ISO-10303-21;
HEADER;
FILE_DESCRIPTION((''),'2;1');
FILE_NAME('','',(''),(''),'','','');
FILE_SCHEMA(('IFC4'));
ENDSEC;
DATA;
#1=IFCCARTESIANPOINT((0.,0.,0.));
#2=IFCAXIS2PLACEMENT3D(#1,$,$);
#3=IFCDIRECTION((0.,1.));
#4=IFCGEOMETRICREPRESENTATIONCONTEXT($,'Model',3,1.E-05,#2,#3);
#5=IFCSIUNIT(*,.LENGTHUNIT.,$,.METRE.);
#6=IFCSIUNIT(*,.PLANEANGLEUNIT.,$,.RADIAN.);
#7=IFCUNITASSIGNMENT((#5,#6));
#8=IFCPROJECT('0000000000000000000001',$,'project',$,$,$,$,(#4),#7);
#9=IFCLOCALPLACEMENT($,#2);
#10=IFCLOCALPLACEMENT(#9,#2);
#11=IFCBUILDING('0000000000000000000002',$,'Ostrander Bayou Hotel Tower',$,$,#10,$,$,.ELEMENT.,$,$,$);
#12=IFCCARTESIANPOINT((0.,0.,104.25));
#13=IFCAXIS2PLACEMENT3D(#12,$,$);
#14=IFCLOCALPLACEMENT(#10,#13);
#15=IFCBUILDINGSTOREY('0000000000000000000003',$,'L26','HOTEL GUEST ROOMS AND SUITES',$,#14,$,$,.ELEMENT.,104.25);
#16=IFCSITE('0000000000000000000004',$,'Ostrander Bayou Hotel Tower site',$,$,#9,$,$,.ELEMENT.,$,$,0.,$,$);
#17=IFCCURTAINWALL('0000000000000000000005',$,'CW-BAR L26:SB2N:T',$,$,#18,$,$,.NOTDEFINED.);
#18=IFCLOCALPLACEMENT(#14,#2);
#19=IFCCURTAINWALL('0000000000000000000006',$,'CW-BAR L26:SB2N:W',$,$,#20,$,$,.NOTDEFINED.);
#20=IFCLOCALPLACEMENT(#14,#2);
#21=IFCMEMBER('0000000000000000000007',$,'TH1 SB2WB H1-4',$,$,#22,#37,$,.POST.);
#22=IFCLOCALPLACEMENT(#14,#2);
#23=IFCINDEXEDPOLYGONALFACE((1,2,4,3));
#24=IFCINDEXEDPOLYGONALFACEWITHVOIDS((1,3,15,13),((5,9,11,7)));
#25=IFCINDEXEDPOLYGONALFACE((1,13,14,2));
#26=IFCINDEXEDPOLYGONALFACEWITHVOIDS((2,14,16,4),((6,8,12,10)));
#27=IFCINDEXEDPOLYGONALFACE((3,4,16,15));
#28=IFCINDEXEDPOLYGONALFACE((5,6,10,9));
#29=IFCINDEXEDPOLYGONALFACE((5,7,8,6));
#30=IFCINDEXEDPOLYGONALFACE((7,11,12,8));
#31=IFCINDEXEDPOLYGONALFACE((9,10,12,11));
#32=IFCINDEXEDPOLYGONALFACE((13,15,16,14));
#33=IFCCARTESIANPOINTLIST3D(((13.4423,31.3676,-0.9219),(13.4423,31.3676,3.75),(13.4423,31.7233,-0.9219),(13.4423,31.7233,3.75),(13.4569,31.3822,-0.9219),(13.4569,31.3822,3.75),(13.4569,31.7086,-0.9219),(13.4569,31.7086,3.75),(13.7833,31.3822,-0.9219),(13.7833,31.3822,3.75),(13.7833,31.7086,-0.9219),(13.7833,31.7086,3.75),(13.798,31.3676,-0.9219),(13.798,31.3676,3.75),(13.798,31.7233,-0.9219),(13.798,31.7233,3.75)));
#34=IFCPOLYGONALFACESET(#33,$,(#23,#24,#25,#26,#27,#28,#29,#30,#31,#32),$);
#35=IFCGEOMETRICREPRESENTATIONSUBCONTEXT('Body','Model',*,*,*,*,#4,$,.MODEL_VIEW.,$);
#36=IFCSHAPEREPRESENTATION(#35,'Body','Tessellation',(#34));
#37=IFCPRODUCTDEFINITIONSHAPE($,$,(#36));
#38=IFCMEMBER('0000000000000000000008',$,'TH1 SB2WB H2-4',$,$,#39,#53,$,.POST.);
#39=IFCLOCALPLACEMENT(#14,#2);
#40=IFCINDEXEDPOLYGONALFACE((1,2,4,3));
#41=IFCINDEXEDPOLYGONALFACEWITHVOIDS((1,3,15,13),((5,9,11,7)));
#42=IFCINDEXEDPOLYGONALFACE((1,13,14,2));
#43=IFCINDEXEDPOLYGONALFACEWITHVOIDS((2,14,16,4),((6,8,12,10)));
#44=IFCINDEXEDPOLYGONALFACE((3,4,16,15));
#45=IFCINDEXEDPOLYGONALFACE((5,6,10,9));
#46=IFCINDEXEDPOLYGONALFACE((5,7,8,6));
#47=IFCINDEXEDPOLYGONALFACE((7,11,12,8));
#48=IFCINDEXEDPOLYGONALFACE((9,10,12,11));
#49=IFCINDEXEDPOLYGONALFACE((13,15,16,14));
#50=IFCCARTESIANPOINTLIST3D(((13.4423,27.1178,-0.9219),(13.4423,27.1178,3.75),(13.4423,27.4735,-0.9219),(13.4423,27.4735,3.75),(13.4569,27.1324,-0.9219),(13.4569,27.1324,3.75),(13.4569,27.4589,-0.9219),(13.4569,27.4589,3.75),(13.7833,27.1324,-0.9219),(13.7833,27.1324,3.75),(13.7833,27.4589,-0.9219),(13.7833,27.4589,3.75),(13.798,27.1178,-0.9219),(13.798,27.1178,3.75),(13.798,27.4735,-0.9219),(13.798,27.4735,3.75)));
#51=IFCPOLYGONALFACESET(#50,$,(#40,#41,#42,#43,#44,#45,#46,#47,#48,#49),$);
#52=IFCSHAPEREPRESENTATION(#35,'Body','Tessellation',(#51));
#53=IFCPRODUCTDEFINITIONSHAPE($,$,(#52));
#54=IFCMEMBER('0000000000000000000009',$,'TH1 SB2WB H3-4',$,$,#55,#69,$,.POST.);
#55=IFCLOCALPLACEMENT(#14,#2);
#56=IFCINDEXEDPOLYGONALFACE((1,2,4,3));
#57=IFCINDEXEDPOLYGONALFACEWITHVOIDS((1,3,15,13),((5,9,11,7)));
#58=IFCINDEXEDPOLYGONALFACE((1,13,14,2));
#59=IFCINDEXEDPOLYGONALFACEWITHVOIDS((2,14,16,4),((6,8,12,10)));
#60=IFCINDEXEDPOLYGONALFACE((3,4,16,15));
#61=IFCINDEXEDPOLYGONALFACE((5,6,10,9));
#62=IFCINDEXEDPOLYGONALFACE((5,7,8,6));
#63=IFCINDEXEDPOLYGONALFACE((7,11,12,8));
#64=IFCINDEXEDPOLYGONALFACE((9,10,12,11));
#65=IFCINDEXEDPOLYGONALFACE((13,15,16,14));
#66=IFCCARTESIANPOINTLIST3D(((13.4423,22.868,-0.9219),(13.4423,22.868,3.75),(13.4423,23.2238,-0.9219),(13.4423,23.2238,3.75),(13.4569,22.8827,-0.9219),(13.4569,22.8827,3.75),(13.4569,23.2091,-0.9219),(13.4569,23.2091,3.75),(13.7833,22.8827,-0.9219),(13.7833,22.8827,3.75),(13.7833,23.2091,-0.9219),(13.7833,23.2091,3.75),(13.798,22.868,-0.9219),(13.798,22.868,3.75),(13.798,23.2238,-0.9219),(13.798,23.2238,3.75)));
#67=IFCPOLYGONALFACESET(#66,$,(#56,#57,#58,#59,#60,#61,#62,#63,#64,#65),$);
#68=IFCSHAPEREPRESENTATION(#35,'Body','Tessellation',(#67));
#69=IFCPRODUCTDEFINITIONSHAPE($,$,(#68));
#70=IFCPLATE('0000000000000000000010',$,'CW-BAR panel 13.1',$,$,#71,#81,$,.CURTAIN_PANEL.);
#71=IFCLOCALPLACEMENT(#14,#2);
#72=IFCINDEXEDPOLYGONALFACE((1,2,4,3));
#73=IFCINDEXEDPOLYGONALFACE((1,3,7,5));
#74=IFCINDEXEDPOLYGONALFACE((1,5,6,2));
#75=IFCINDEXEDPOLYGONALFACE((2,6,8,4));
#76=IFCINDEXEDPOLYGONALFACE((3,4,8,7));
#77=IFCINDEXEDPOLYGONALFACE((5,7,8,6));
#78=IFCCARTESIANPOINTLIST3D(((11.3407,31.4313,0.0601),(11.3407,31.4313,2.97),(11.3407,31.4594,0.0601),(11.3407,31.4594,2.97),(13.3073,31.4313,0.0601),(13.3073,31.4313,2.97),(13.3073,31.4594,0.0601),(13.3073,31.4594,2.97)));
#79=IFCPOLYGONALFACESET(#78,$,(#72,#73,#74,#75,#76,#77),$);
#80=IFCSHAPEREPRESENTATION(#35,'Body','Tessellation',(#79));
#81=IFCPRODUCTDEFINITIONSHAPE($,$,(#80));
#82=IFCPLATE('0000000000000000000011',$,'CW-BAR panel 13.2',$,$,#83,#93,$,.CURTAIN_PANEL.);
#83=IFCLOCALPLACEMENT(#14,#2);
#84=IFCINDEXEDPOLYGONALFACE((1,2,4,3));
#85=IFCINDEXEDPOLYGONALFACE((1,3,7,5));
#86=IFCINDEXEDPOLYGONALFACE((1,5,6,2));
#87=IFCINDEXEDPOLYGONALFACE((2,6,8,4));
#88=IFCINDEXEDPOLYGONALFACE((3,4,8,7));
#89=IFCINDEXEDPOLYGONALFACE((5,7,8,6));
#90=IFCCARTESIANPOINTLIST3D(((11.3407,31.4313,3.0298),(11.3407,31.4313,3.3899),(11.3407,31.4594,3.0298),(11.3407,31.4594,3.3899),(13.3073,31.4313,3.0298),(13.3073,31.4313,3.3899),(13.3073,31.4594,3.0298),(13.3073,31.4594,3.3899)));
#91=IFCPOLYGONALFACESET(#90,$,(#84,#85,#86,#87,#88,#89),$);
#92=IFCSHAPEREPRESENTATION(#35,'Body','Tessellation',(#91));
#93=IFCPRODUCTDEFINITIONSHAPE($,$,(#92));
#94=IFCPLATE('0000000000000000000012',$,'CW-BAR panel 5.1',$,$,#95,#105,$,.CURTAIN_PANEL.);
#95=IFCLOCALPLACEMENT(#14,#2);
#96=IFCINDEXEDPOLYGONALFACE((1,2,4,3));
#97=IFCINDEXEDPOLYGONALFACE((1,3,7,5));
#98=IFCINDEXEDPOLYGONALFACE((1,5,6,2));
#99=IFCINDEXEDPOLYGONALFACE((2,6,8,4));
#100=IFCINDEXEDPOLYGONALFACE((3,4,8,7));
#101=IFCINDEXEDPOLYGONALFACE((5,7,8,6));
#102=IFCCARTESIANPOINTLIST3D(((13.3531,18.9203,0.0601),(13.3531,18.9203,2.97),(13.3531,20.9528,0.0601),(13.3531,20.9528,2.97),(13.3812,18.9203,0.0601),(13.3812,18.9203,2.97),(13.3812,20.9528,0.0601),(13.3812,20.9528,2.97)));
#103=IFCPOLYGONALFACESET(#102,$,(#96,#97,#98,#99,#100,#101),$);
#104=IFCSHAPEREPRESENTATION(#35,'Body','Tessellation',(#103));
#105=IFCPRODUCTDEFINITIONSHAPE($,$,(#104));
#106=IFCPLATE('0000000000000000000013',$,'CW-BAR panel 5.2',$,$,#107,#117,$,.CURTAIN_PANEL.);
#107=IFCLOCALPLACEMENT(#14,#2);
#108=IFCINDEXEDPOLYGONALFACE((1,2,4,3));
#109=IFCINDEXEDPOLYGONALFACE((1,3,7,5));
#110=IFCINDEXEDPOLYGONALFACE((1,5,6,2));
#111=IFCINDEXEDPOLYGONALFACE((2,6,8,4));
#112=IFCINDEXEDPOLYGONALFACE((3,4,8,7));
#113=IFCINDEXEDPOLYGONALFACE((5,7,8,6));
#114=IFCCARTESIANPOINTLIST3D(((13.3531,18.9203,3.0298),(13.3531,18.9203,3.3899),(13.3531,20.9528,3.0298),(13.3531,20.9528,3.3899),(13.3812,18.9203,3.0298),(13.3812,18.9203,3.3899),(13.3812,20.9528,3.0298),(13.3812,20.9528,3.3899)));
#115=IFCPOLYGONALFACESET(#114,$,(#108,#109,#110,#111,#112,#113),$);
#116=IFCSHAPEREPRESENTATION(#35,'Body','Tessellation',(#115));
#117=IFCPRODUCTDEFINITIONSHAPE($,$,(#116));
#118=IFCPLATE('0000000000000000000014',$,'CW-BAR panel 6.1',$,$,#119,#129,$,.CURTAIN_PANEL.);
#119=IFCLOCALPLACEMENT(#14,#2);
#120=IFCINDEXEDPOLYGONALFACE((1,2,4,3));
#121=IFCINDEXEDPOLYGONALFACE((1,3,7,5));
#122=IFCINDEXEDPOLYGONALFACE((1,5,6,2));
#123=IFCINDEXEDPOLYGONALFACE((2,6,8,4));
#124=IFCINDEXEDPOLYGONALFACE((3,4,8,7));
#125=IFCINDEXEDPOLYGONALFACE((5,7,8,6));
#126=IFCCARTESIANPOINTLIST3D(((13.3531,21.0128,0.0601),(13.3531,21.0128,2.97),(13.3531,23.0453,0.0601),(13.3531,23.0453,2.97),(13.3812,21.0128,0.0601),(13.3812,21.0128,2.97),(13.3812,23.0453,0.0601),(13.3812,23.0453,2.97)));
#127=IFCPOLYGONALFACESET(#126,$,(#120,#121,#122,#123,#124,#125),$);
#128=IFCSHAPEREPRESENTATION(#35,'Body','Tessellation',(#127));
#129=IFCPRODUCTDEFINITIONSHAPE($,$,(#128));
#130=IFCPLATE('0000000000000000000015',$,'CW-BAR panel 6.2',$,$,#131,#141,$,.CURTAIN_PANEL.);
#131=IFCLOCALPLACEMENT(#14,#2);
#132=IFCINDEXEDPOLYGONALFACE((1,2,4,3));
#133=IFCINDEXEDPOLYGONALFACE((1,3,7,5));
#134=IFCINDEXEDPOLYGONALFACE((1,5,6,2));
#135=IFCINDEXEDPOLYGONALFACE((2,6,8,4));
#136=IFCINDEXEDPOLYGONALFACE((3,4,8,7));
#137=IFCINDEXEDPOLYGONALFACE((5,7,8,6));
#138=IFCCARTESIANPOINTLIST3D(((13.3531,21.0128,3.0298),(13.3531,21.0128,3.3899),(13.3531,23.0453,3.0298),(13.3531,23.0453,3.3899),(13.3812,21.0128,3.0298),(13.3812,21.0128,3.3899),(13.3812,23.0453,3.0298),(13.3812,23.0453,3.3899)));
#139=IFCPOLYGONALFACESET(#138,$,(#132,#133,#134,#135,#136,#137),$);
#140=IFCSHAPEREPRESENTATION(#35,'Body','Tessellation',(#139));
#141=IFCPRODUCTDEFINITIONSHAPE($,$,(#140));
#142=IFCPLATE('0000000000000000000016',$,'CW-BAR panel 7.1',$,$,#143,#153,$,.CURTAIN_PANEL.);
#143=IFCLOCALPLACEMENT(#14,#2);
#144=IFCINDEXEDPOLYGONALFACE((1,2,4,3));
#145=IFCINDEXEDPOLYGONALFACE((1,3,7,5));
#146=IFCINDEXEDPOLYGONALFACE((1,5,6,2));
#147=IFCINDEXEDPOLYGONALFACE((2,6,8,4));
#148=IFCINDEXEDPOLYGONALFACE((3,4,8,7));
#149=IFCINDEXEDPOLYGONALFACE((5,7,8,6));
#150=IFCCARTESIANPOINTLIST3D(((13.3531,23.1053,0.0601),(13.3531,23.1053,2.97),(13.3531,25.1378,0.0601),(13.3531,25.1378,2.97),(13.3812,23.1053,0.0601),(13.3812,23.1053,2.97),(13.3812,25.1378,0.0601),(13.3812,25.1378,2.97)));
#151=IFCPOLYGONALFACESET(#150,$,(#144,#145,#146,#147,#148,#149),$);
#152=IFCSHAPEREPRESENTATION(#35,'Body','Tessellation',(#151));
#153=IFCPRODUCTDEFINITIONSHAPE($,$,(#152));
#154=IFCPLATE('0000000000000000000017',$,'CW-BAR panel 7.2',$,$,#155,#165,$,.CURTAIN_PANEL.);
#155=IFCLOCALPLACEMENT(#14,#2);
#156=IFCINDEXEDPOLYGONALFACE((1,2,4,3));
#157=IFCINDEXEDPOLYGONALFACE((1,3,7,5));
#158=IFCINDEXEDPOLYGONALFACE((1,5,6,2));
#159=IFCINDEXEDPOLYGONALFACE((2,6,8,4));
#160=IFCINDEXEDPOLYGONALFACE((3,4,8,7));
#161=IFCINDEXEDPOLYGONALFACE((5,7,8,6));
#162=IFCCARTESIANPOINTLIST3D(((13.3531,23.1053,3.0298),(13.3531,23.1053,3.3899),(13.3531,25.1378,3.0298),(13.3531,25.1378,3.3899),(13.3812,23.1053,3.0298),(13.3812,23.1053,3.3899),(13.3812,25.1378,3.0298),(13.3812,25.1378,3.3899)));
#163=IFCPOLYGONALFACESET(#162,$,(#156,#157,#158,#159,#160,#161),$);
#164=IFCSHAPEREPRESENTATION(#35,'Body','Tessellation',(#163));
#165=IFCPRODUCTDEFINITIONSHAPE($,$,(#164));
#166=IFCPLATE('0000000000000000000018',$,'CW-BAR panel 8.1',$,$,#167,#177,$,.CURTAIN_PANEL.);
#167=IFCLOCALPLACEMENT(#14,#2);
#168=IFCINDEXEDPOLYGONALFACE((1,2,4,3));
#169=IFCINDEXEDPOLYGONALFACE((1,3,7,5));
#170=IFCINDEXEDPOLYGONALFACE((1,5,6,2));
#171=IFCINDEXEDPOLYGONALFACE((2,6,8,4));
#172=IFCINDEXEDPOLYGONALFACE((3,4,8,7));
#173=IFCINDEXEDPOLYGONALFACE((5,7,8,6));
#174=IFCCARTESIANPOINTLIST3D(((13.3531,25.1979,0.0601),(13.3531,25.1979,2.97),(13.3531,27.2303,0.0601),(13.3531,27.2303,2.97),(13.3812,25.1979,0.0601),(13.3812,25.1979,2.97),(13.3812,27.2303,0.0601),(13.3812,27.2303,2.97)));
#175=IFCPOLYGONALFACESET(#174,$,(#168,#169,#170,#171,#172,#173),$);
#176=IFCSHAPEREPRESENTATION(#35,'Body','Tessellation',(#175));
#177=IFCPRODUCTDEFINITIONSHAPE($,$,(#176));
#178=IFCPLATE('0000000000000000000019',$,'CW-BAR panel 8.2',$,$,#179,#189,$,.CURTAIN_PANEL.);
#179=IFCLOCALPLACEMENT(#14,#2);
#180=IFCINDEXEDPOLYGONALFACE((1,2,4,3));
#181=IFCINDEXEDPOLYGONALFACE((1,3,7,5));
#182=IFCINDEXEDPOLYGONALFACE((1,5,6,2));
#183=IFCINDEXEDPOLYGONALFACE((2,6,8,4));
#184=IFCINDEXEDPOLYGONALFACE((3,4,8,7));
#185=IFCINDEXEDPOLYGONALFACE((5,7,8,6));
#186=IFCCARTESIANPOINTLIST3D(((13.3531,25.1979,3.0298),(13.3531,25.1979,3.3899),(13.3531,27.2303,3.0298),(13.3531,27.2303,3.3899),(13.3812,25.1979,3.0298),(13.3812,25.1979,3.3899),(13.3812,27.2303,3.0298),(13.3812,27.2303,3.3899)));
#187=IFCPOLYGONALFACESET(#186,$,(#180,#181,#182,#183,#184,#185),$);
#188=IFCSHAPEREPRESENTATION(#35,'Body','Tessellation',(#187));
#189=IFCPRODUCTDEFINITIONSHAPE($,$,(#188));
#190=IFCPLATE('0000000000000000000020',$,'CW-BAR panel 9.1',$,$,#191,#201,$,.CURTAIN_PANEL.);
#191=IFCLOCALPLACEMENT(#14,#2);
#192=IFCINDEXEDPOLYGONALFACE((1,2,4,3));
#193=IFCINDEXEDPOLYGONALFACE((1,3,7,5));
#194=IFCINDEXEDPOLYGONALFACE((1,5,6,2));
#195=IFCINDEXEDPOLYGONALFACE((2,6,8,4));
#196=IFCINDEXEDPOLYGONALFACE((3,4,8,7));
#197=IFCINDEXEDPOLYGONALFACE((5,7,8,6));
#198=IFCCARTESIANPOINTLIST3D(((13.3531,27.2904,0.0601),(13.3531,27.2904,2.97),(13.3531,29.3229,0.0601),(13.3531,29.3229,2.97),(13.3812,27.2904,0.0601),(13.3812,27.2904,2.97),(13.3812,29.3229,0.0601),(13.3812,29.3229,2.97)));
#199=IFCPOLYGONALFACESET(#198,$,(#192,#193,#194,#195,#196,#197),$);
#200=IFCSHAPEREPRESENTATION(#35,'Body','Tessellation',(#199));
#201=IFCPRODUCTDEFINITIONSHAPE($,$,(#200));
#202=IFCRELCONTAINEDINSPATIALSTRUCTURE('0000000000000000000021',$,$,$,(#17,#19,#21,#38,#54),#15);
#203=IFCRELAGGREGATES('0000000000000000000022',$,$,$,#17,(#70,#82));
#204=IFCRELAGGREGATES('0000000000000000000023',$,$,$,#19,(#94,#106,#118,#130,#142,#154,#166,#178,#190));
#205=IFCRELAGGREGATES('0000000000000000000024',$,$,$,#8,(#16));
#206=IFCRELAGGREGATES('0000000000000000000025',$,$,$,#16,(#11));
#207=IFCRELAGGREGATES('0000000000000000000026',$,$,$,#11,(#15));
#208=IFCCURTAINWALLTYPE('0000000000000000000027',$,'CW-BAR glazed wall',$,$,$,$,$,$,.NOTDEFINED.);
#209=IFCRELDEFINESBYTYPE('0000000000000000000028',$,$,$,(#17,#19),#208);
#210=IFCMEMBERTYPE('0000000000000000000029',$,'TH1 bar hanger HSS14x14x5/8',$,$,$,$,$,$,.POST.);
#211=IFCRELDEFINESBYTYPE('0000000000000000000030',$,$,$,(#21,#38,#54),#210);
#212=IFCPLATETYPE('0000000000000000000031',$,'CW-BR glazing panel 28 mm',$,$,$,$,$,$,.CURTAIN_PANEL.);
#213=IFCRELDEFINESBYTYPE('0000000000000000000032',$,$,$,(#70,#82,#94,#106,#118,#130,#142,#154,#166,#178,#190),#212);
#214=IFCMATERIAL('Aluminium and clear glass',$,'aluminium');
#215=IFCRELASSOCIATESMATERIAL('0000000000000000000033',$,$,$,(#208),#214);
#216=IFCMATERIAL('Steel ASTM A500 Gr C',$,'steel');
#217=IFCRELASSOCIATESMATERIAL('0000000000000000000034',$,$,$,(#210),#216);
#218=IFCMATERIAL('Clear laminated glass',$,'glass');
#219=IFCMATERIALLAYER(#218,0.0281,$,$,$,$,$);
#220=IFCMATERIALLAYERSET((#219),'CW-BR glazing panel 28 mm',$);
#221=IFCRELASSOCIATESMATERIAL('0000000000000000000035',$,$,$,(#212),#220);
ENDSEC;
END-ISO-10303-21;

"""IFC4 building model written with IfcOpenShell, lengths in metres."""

from ifc_helpers import new_model, si_unit, direction, frame, origin, origin_2d, place, context, subcontext, project, spatial, rectangle, hollow_rectangle, extrude, material, layer, layer_set, material_profile, profile_set, type_object, element, aggregate, save


model = new_model("IFC4")

# Units and contexts
model_context = context("Model", 3, precision=1e-05, world=origin(), true_north=direction((0.0, 1.0)))
body_context = subcontext(model_context, "Body", "Model", "MODEL_VIEW")
ifc_project = project(units=[si_unit("LENGTHUNIT", "METRE"), si_unit("PLANEANGLEUNIT", "RADIAN")], contexts=[model_context])

# Site, building, storey
site_placement = place(None, origin())
site = spatial("IfcSite", under=ifc_project, at=site_placement, Name="Ostrander Bayou Hotel Tower site", CompositionType="ELEMENT", RefElevation=0.0)
building_placement = place(site_placement, origin())
building = spatial("IfcBuilding", under=site, at=building_placement, Name="Ostrander Bayou Hotel Tower", CompositionType="ELEMENT")
storey_placement = place(building_placement, frame((0.0, 0.0, 104.25)))
storey = spatial("IfcBuildingStorey", under=building, at=storey_placement, Name="L26", Description="HOTEL GUEST ROOMS AND SUITES", CompositionType="ELEMENT", Elevation=104.25)

# Curtain wall
ifc_material_1 = material(Name="Aluminium and clear glass", Category="aluminium")
curtain_wall_type = type_object("IfcCurtainWallType", Name="CW-BAR glazed wall", PredefinedType="NOTDEFINED", material=ifc_material_1)
curtain_wall_1_placement = place(storey_placement, origin())
curtain_wall_1 = element("IfcCurtainWall", 1, at=curtain_wall_1_placement, inside=storey, type_object=curtain_wall_type, Name="CW-BAR L26:SB2N:T", PredefinedType="NOTDEFINED")

# Curtain wall
curtain_wall_2_placement = place(storey_placement, origin())
curtain_wall_2 = element("IfcCurtainWall", 2, at=curtain_wall_2_placement, inside=storey, type_object=curtain_wall_type, Name="CW-BAR L26:SB2N:W", PredefinedType="NOTDEFINED")

# Members
ifc_material_2 = material(Name="Steel ASTM A500 Gr C", Category="steel")
ifc_material_profile_1 = material_profile(ifc_material_2, hollow_rectangle(XDim=0.3557, YDim=0.3557, WallThickness=0.0146, at=origin_2d()))
ifc_profile_set_1 = profile_set([ifc_material_profile_1], Name="Steel ASTM A500 Gr C")
member_type_1 = type_object("IfcMemberType", Name="TH1 bar hanger HSS14x14x5/8", PredefinedType="POST", material=ifc_profile_set_1)
for number, where, z_axis, x_axis, name in (
    (3, (13.6201, 31.5454, -0.9219), (0.0, 0.0, 1.0), (1.0, 0.0, 0.0), "TH1 SB2WB H1-4"),
    (4, (13.6201, 27.2957, -0.9219), (0.0, 0.0, 1.0), (1.0, 0.0, 0.0), "TH1 SB2WB H2-4"),
    (5, (13.6201, 23.0459, -0.9219), (0.0, 0.0, 1.0), (1.0, 0.0, 0.0), "TH1 SB2WB H3-4"),
):
    element("IfcMember", number, at=place(storey_placement, frame(where, z_axis=z_axis, x_axis=x_axis)), inside=storey, type_object=member_type_1, Name=name, PredefinedType="POST", context=body_context, shape_type="SweptSolid", body=[
        extrude(hollow_rectangle(XDim=0.3557, YDim=0.3557, WallThickness=0.0146, at=origin_2d()), origin(), (0.0, 0.0, 1.0), 4.6719),
    ])

# Plates
ifc_material_3 = material(Name="Clear laminated glass", Category="glass")
ifc_layer = layer(ifc_material_3, 0.0281)
ifc_layer_set = layer_set([ifc_layer], Name="CW-BR glazing panel 28 mm")
plate_type = type_object("IfcPlateType", Name="CW-BR glazing panel 28 mm", PredefinedType="CURTAIN_PANEL", material=ifc_layer_set)
plate_1_placement = place(storey_placement, frame((12.324, 31.4453, 0.0601), z_axis=(0.0, 0.0, 1.0), x_axis=(1.0, 0.0, 0.0)))
plate_1 = element("IfcPlate", 6, at=plate_1_placement, type_object=plate_type, Name="CW-BAR panel 13.1", PredefinedType="CURTAIN_PANEL", context=body_context, shape_type="SweptSolid", body=[
    extrude(rectangle(XDim=1.9666, YDim=0.0281, at=origin_2d()), origin(), (0.0, 0.0, 1.0), 2.9099),
])
plate_2_placement = place(storey_placement, frame((12.324, 31.4453, 3.0298), z_axis=(0.0, 0.0, 1.0), x_axis=(1.0, 0.0, 0.0)))
plate_2 = element("IfcPlate", 7, at=plate_2_placement, type_object=plate_type, Name="CW-BAR panel 13.2", PredefinedType="CURTAIN_PANEL", context=body_context, shape_type="SweptSolid", body=[
    extrude(rectangle(XDim=1.9666, YDim=0.0281, at=origin_2d()), origin(), (0.0, 0.0, 1.0), 0.3601),
])
aggregate(curtain_wall_1, [plate_1, plate_2])
plate_3_placement = place(storey_placement, frame((13.3672, 19.9365, 0.0601), z_axis=(0.0, 0.0, 1.0), x_axis=(0.0, 1.0, 0.0)))
plate_3 = element("IfcPlate", 8, at=plate_3_placement, type_object=plate_type, Name="CW-BAR panel 5.1", PredefinedType="CURTAIN_PANEL", context=body_context, shape_type="SweptSolid", body=[
    extrude(rectangle(XDim=2.0325, YDim=0.0281, at=origin_2d()), origin(), (0.0, 0.0, 1.0), 2.9099),
])
plate_4_placement = place(storey_placement, frame((13.3672, 19.9365, 3.0298), z_axis=(0.0, 0.0, 1.0), x_axis=(0.0, 1.0, 0.0)))
plate_4 = element("IfcPlate", 9, at=plate_4_placement, type_object=plate_type, Name="CW-BAR panel 5.2", PredefinedType="CURTAIN_PANEL", context=body_context, shape_type="SweptSolid", body=[
    extrude(rectangle(XDim=2.0325, YDim=0.0281, at=origin_2d()), origin(), (0.0, 0.0, 1.0), 0.3601),
])
plate_5_placement = place(storey_placement, frame((13.3672, 22.0291, 0.0601), z_axis=(0.0, 0.0, 1.0), x_axis=(0.0, 1.0, 0.0)))
plate_5 = element("IfcPlate", 10, at=plate_5_placement, type_object=plate_type, Name="CW-BAR panel 6.1", PredefinedType="CURTAIN_PANEL", context=body_context, shape_type="SweptSolid", body=[
    extrude(rectangle(XDim=2.0325, YDim=0.0281, at=origin_2d()), origin(), (0.0, 0.0, 1.0), 2.9099),
])
plate_6_placement = place(storey_placement, frame((13.3672, 22.0291, 3.0298), z_axis=(0.0, 0.0, 1.0), x_axis=(0.0, 1.0, 0.0)))
plate_6 = element("IfcPlate", 11, at=plate_6_placement, type_object=plate_type, Name="CW-BAR panel 6.2", PredefinedType="CURTAIN_PANEL", context=body_context, shape_type="SweptSolid", body=[
    extrude(rectangle(XDim=2.0325, YDim=0.0281, at=origin_2d()), origin(), (0.0, 0.0, 1.0), 0.3601),
])
plate_7_placement = place(storey_placement, frame((13.3672, 24.1216, 0.0601), z_axis=(0.0, 0.0, 1.0), x_axis=(0.0, 1.0, 0.0)))
plate_7 = element("IfcPlate", 12, at=plate_7_placement, type_object=plate_type, Name="CW-BAR panel 7.1", PredefinedType="CURTAIN_PANEL", context=body_context, shape_type="SweptSolid", body=[
    extrude(rectangle(XDim=2.0325, YDim=0.0281, at=origin_2d()), origin(), (0.0, 0.0, 1.0), 2.9099),
])
plate_8_placement = place(storey_placement, frame((13.3672, 24.1216, 3.0298), z_axis=(0.0, 0.0, 1.0), x_axis=(0.0, 1.0, 0.0)))
plate_8 = element("IfcPlate", 13, at=plate_8_placement, type_object=plate_type, Name="CW-BAR panel 7.2", PredefinedType="CURTAIN_PANEL", context=body_context, shape_type="SweptSolid", body=[
    extrude(rectangle(XDim=2.0325, YDim=0.0281, at=origin_2d()), origin(), (0.0, 0.0, 1.0), 0.3601),
])
plate_9_placement = place(storey_placement, frame((13.3672, 26.2141, 0.0601), z_axis=(0.0, 0.0, 1.0), x_axis=(0.0, 1.0, 0.0)))
plate_9 = element("IfcPlate", 14, at=plate_9_placement, type_object=plate_type, Name="CW-BAR panel 8.1", PredefinedType="CURTAIN_PANEL", context=body_context, shape_type="SweptSolid", body=[
    extrude(rectangle(XDim=2.0325, YDim=0.0281, at=origin_2d()), origin(), (0.0, 0.0, 1.0), 2.9099),
])
plate_10_placement = place(storey_placement, frame((13.3672, 26.2141, 3.0298), z_axis=(0.0, 0.0, 1.0), x_axis=(0.0, 1.0, 0.0)))
plate_10 = element("IfcPlate", 15, at=plate_10_placement, type_object=plate_type, Name="CW-BAR panel 8.2", PredefinedType="CURTAIN_PANEL", context=body_context, shape_type="SweptSolid", body=[
    extrude(rectangle(XDim=2.0325, YDim=0.0281, at=origin_2d()), origin(), (0.0, 0.0, 1.0), 0.3601),
])
plate_11_placement = place(storey_placement, frame((13.3672, 28.3066, 0.0601), z_axis=(0.0, 0.0, 1.0), x_axis=(0.0, 1.0, 0.0)))
plate_11 = element("IfcPlate", 16, at=plate_11_placement, type_object=plate_type, Name="CW-BAR panel 9.1", PredefinedType="CURTAIN_PANEL", context=body_context, shape_type="SweptSolid", body=[
    extrude(rectangle(XDim=2.0325, YDim=0.0281, at=origin_2d()), origin(), (0.0, 0.0, 1.0), 2.9099),
])
aggregate(curtain_wall_2, [plate_3, plate_4, plate_5, plate_6, plate_7, plate_8, plate_9, plate_10, plate_11])

save(model, "model.ifc")
